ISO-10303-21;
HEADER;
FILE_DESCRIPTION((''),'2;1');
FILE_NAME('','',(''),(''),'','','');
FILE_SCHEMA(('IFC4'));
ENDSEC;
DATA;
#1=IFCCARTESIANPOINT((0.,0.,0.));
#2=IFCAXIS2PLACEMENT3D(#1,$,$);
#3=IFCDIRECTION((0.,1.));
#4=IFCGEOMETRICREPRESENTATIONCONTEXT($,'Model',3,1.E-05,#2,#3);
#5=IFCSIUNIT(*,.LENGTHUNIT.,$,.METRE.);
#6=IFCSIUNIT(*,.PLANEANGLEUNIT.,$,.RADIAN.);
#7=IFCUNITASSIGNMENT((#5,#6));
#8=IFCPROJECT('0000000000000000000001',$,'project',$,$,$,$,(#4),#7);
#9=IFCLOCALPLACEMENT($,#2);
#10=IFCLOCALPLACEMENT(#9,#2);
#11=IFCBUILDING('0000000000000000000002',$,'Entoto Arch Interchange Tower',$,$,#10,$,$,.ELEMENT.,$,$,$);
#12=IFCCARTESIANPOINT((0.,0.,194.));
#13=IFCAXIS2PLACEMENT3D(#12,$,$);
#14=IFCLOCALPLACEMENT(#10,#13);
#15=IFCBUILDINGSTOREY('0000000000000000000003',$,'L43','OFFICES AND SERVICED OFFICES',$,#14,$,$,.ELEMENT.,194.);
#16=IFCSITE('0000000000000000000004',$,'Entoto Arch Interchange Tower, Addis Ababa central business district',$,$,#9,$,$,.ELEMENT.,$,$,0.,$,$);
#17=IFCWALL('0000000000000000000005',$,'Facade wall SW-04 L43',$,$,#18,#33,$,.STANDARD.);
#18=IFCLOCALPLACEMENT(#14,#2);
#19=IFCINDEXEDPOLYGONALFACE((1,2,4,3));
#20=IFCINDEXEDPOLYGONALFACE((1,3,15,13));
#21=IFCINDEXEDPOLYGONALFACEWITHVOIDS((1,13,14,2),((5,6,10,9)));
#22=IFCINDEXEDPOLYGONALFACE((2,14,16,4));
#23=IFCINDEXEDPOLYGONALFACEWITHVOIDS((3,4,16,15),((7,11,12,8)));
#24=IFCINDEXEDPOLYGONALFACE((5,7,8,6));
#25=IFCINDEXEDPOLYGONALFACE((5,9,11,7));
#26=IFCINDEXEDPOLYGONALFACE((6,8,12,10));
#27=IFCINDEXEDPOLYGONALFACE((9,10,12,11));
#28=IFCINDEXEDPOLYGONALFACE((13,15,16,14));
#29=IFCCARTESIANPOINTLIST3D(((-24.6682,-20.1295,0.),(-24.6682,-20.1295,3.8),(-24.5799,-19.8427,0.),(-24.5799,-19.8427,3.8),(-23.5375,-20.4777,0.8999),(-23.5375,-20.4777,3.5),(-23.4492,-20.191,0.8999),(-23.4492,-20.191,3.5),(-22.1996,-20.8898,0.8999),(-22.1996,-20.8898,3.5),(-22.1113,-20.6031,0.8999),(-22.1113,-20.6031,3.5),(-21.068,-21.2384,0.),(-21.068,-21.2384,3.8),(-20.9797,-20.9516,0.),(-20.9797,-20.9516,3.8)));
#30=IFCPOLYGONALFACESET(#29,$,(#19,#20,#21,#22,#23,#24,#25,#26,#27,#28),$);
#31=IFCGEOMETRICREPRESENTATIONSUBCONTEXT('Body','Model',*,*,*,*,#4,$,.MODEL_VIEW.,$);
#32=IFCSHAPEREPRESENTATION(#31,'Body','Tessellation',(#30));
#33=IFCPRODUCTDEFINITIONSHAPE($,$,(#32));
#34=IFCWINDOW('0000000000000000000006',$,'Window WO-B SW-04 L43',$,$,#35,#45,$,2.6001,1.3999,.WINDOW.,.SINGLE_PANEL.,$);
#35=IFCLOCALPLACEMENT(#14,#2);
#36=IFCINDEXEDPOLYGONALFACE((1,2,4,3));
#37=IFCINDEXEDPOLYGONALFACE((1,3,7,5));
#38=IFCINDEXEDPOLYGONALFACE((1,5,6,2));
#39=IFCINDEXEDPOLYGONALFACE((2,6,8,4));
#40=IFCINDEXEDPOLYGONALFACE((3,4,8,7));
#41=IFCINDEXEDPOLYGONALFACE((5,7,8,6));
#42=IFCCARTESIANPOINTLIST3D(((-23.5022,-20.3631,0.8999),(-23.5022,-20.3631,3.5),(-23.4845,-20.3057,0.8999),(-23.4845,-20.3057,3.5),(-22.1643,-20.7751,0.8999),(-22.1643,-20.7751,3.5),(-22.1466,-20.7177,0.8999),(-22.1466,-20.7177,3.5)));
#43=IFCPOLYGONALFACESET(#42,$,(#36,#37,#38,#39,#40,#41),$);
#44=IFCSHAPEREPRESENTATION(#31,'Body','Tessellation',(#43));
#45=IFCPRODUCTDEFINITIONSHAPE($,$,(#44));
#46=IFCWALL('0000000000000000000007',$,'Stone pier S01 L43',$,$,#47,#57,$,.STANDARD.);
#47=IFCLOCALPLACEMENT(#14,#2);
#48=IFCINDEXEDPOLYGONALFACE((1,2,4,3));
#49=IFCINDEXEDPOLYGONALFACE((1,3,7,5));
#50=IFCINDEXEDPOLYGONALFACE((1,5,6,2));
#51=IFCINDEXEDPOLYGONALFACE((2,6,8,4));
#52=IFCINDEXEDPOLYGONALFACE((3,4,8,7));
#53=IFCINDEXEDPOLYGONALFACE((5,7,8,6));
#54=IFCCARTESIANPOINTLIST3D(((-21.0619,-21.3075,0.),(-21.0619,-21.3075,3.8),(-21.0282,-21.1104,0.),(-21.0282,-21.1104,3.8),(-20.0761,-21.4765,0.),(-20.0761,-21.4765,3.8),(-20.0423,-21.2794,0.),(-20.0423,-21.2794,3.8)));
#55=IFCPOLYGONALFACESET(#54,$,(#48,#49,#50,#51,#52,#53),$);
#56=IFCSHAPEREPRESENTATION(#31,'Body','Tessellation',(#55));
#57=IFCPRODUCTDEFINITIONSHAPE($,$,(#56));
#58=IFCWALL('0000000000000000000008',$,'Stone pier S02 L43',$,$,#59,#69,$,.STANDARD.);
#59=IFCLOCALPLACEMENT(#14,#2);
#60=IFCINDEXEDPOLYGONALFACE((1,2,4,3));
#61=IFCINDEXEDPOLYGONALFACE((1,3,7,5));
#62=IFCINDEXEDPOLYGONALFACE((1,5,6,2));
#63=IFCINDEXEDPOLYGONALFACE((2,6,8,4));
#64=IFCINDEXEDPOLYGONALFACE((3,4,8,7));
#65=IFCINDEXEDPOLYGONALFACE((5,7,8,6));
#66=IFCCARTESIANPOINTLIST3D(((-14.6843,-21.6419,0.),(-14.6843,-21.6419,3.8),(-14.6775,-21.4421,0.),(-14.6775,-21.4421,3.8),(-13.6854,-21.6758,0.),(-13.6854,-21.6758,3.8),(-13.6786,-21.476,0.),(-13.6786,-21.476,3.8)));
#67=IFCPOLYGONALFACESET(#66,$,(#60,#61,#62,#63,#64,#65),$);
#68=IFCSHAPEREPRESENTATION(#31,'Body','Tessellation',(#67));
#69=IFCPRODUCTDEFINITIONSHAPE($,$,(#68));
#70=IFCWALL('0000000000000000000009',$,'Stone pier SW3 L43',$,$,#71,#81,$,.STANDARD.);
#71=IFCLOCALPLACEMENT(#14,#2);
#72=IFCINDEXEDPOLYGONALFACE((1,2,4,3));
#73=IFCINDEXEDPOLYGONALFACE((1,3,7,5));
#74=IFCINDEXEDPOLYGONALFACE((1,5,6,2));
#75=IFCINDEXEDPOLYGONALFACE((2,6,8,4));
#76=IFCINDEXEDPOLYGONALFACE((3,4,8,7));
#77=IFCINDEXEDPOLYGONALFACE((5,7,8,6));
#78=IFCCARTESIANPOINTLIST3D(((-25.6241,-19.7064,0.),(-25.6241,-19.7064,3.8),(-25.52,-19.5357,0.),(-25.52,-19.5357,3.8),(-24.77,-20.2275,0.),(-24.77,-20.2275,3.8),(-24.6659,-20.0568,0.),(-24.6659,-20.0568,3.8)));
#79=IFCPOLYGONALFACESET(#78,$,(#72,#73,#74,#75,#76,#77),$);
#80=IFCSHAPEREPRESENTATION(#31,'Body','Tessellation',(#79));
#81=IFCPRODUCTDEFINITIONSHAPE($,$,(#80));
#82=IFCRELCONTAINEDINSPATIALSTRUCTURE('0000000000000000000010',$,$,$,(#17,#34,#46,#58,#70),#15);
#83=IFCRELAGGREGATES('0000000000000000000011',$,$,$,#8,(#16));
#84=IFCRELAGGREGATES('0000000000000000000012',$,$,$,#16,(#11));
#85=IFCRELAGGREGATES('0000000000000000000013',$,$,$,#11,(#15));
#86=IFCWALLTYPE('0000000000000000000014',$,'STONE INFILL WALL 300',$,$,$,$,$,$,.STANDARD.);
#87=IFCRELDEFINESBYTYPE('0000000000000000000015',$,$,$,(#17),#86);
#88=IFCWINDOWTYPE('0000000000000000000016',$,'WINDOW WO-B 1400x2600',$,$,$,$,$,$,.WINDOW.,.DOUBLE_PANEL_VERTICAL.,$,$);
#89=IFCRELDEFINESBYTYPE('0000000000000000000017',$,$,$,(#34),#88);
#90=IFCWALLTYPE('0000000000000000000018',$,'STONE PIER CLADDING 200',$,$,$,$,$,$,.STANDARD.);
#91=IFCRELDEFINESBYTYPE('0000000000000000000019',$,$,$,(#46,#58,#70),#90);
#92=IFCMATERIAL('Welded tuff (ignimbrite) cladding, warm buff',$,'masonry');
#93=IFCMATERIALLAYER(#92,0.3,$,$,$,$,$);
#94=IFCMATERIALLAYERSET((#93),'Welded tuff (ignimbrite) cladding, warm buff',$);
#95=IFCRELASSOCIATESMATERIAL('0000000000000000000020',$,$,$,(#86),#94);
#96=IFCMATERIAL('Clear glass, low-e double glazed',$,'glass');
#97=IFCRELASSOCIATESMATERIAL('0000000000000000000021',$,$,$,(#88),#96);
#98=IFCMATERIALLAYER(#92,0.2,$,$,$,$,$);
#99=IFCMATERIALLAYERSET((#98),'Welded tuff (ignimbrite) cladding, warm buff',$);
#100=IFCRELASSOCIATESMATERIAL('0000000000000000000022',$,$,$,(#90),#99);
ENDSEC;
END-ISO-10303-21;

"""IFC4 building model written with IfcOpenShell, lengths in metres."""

from ifc_helpers import new_model, si_unit, direction, frame, frame_2d, origin, place, context, subcontext, project, spatial, rectangle, extrude, material, layer, layer_set, type_object, element, fill, save


model = new_model("IFC4")

# Units and contexts
model_context = context("Model", 3, precision=1e-05, world=origin(), true_north=direction((0.0, 1.0)))
body_context = subcontext(model_context, "Body", "Model", "MODEL_VIEW")
ifc_project = project(units=[si_unit("LENGTHUNIT", "METRE"), si_unit("PLANEANGLEUNIT", "RADIAN")], contexts=[model_context])

# Site, building, storey
site_placement = place(None, origin())
site = spatial("IfcSite", under=ifc_project, at=site_placement, Name="Entoto Arch Interchange Tower, Addis Ababa central business district", CompositionType="ELEMENT", RefElevation=0.0)
building_placement = place(site_placement, origin())
building = spatial("IfcBuilding", under=site, at=building_placement, Name="Entoto Arch Interchange Tower", CompositionType="ELEMENT")
storey_placement = place(building_placement, frame((0.0, 0.0, 194.0)))
storey = spatial("IfcBuildingStorey", under=building, at=storey_placement, Name="L43", Description="OFFICES AND SERVICED OFFICES", CompositionType="ELEMENT", Elevation=194.0)

# Shared definitions
ifc_material_1 = material(Name="Welded tuff (ignimbrite) cladding, warm buff", Category="masonry")
ifc_layer_1 = layer(ifc_material_1, 0.3)
ifc_layer_set_1 = layer_set([ifc_layer_1], Name="Welded tuff (ignimbrite) cladding, warm buff")
wall_type_1 = type_object("IfcWallType", Name="STONE INFILL WALL 300", PredefinedType="STANDARD", material=ifc_layer_set_1)
ifc_material_2 = material(Name="Clear glass, low-e double glazed", Category="glass")
window_type = type_object("IfcWindowType", Name="WINDOW WO-B 1400x2600", PartitioningType="DOUBLE_PANEL_VERTICAL", PredefinedType="WINDOW", material=ifc_material_2)

# Wall, opening, window
wall_1_placement = place(storey_placement, frame((-24.624, -19.9861, 0.0), z_axis=(0.0, 0.0, 1.0), x_axis=(0.955692, -0.294368, 0.0)))
wall_1 = element("IfcWall", 1, at=wall_1_placement, inside=storey, type_object=wall_type_1, Name="Facade wall SW-04 L43", PredefinedType="STANDARD", context=body_context, shape_type="SweptSolid", body=[
    extrude(rectangle(XDim=3.7671, YDim=0.3, at=frame_2d((1.8835, 0.0))), origin(), (0.0, 0.0, 1.0), 3.8),
])
opening_1_placement = place(wall_1_placement, frame((1.1831, 0.0, 0.8999)))
opening_1 = element("IfcOpeningElement", 2, at=opening_1_placement, cuts=wall_1, PredefinedType="OPENING", context=body_context, shape_type="SweptSolid", body=[
    extrude(rectangle(XDim=1.3999, YDim=2.6001, at=frame_2d((0.7, 1.3))), frame((0.0, 0.1602, 0.0), z_axis=(0.0, -1.0, 0.0), x_axis=(1.0, 0.0, 0.0)), (0.0, 0.0, 1.0), 0.3201),
])
window_1_placement = place(opening_1_placement, origin())
window_1 = element("IfcWindow", 3, at=window_1_placement, inside=storey, type_object=window_type, Name="Window WO-B SW-04 L43", OverallHeight=2.6001, OverallWidth=1.3999, PartitioningType="SINGLE_PANEL", PredefinedType="WINDOW", context=body_context, shape_type="SweptSolid", body=[
    extrude(rectangle(XDim=1.3999, YDim=2.6001, at=frame_2d((0.7, 1.3))), frame((0.0, 0.03, 0.0), z_axis=(0.0, -1.0, 0.0), x_axis=(1.0, 0.0, 0.0)), (0.0, 0.0, 1.0), 0.0601),
])
fill(opening_1, window_1)

# Walls
ifc_layer_2 = layer(ifc_material_1, 0.2)
ifc_layer_set_2 = layer_set([ifc_layer_2], Name="Welded tuff (ignimbrite) cladding, warm buff")
wall_type_2 = type_object("IfcWallType", Name="STONE PIER CLADDING 200", PredefinedType="STANDARD", material=ifc_layer_set_2)
wall_2_placement = place(storey_placement, frame((-21.0449, -21.209, 0.0), z_axis=(0.0, 0.0, 1.0), x_axis=(0.985632, -0.16891, 0.0)))
element("IfcWall", 4, at=wall_2_placement, inside=storey, type_object=wall_type_2, Name="Stone pier S01 L43", PredefinedType="STANDARD", context=body_context, shape_type="SweptSolid", body=[
    extrude(rectangle(XDim=1.0002, YDim=0.2, at=frame_2d((0.5, 0.0))), origin(), (0.0, 0.0, 1.0), 3.8),
])
wall_3_placement = place(storey_placement, frame((-14.6809, -21.542, 0.0), z_axis=(0.0, 0.0, 1.0), x_axis=(0.999424, -0.033949, 0.0)))
element("IfcWall", 5, at=wall_3_placement, inside=storey, type_object=wall_type_2, Name="Stone pier S02 L43", PredefinedType="STANDARD", context=body_context, shape_type="SweptSolid", body=[
    extrude(rectangle(XDim=0.9995, YDim=0.2, at=frame_2d((0.4998, 0.0))), origin(), (0.0, 0.0, 1.0), 3.8),
])
wall_4_placement = place(storey_placement, frame((-25.572, -19.6211, 0.0), z_axis=(0.0, 0.0, 1.0), x_axis=(0.85368, -0.520798, 0.0)))
element("IfcWall", 6, at=wall_4_placement, inside=storey, type_object=wall_type_2, Name="Stone pier SW3 L43", PredefinedType="STANDARD", context=body_context, shape_type="SweptSolid", body=[
    extrude(rectangle(XDim=1.0005, YDim=0.2, at=frame_2d((0.5002, 0.0))), origin(), (0.0, 0.0, 1.0), 3.8),
])

save(model, "model.ifc")
